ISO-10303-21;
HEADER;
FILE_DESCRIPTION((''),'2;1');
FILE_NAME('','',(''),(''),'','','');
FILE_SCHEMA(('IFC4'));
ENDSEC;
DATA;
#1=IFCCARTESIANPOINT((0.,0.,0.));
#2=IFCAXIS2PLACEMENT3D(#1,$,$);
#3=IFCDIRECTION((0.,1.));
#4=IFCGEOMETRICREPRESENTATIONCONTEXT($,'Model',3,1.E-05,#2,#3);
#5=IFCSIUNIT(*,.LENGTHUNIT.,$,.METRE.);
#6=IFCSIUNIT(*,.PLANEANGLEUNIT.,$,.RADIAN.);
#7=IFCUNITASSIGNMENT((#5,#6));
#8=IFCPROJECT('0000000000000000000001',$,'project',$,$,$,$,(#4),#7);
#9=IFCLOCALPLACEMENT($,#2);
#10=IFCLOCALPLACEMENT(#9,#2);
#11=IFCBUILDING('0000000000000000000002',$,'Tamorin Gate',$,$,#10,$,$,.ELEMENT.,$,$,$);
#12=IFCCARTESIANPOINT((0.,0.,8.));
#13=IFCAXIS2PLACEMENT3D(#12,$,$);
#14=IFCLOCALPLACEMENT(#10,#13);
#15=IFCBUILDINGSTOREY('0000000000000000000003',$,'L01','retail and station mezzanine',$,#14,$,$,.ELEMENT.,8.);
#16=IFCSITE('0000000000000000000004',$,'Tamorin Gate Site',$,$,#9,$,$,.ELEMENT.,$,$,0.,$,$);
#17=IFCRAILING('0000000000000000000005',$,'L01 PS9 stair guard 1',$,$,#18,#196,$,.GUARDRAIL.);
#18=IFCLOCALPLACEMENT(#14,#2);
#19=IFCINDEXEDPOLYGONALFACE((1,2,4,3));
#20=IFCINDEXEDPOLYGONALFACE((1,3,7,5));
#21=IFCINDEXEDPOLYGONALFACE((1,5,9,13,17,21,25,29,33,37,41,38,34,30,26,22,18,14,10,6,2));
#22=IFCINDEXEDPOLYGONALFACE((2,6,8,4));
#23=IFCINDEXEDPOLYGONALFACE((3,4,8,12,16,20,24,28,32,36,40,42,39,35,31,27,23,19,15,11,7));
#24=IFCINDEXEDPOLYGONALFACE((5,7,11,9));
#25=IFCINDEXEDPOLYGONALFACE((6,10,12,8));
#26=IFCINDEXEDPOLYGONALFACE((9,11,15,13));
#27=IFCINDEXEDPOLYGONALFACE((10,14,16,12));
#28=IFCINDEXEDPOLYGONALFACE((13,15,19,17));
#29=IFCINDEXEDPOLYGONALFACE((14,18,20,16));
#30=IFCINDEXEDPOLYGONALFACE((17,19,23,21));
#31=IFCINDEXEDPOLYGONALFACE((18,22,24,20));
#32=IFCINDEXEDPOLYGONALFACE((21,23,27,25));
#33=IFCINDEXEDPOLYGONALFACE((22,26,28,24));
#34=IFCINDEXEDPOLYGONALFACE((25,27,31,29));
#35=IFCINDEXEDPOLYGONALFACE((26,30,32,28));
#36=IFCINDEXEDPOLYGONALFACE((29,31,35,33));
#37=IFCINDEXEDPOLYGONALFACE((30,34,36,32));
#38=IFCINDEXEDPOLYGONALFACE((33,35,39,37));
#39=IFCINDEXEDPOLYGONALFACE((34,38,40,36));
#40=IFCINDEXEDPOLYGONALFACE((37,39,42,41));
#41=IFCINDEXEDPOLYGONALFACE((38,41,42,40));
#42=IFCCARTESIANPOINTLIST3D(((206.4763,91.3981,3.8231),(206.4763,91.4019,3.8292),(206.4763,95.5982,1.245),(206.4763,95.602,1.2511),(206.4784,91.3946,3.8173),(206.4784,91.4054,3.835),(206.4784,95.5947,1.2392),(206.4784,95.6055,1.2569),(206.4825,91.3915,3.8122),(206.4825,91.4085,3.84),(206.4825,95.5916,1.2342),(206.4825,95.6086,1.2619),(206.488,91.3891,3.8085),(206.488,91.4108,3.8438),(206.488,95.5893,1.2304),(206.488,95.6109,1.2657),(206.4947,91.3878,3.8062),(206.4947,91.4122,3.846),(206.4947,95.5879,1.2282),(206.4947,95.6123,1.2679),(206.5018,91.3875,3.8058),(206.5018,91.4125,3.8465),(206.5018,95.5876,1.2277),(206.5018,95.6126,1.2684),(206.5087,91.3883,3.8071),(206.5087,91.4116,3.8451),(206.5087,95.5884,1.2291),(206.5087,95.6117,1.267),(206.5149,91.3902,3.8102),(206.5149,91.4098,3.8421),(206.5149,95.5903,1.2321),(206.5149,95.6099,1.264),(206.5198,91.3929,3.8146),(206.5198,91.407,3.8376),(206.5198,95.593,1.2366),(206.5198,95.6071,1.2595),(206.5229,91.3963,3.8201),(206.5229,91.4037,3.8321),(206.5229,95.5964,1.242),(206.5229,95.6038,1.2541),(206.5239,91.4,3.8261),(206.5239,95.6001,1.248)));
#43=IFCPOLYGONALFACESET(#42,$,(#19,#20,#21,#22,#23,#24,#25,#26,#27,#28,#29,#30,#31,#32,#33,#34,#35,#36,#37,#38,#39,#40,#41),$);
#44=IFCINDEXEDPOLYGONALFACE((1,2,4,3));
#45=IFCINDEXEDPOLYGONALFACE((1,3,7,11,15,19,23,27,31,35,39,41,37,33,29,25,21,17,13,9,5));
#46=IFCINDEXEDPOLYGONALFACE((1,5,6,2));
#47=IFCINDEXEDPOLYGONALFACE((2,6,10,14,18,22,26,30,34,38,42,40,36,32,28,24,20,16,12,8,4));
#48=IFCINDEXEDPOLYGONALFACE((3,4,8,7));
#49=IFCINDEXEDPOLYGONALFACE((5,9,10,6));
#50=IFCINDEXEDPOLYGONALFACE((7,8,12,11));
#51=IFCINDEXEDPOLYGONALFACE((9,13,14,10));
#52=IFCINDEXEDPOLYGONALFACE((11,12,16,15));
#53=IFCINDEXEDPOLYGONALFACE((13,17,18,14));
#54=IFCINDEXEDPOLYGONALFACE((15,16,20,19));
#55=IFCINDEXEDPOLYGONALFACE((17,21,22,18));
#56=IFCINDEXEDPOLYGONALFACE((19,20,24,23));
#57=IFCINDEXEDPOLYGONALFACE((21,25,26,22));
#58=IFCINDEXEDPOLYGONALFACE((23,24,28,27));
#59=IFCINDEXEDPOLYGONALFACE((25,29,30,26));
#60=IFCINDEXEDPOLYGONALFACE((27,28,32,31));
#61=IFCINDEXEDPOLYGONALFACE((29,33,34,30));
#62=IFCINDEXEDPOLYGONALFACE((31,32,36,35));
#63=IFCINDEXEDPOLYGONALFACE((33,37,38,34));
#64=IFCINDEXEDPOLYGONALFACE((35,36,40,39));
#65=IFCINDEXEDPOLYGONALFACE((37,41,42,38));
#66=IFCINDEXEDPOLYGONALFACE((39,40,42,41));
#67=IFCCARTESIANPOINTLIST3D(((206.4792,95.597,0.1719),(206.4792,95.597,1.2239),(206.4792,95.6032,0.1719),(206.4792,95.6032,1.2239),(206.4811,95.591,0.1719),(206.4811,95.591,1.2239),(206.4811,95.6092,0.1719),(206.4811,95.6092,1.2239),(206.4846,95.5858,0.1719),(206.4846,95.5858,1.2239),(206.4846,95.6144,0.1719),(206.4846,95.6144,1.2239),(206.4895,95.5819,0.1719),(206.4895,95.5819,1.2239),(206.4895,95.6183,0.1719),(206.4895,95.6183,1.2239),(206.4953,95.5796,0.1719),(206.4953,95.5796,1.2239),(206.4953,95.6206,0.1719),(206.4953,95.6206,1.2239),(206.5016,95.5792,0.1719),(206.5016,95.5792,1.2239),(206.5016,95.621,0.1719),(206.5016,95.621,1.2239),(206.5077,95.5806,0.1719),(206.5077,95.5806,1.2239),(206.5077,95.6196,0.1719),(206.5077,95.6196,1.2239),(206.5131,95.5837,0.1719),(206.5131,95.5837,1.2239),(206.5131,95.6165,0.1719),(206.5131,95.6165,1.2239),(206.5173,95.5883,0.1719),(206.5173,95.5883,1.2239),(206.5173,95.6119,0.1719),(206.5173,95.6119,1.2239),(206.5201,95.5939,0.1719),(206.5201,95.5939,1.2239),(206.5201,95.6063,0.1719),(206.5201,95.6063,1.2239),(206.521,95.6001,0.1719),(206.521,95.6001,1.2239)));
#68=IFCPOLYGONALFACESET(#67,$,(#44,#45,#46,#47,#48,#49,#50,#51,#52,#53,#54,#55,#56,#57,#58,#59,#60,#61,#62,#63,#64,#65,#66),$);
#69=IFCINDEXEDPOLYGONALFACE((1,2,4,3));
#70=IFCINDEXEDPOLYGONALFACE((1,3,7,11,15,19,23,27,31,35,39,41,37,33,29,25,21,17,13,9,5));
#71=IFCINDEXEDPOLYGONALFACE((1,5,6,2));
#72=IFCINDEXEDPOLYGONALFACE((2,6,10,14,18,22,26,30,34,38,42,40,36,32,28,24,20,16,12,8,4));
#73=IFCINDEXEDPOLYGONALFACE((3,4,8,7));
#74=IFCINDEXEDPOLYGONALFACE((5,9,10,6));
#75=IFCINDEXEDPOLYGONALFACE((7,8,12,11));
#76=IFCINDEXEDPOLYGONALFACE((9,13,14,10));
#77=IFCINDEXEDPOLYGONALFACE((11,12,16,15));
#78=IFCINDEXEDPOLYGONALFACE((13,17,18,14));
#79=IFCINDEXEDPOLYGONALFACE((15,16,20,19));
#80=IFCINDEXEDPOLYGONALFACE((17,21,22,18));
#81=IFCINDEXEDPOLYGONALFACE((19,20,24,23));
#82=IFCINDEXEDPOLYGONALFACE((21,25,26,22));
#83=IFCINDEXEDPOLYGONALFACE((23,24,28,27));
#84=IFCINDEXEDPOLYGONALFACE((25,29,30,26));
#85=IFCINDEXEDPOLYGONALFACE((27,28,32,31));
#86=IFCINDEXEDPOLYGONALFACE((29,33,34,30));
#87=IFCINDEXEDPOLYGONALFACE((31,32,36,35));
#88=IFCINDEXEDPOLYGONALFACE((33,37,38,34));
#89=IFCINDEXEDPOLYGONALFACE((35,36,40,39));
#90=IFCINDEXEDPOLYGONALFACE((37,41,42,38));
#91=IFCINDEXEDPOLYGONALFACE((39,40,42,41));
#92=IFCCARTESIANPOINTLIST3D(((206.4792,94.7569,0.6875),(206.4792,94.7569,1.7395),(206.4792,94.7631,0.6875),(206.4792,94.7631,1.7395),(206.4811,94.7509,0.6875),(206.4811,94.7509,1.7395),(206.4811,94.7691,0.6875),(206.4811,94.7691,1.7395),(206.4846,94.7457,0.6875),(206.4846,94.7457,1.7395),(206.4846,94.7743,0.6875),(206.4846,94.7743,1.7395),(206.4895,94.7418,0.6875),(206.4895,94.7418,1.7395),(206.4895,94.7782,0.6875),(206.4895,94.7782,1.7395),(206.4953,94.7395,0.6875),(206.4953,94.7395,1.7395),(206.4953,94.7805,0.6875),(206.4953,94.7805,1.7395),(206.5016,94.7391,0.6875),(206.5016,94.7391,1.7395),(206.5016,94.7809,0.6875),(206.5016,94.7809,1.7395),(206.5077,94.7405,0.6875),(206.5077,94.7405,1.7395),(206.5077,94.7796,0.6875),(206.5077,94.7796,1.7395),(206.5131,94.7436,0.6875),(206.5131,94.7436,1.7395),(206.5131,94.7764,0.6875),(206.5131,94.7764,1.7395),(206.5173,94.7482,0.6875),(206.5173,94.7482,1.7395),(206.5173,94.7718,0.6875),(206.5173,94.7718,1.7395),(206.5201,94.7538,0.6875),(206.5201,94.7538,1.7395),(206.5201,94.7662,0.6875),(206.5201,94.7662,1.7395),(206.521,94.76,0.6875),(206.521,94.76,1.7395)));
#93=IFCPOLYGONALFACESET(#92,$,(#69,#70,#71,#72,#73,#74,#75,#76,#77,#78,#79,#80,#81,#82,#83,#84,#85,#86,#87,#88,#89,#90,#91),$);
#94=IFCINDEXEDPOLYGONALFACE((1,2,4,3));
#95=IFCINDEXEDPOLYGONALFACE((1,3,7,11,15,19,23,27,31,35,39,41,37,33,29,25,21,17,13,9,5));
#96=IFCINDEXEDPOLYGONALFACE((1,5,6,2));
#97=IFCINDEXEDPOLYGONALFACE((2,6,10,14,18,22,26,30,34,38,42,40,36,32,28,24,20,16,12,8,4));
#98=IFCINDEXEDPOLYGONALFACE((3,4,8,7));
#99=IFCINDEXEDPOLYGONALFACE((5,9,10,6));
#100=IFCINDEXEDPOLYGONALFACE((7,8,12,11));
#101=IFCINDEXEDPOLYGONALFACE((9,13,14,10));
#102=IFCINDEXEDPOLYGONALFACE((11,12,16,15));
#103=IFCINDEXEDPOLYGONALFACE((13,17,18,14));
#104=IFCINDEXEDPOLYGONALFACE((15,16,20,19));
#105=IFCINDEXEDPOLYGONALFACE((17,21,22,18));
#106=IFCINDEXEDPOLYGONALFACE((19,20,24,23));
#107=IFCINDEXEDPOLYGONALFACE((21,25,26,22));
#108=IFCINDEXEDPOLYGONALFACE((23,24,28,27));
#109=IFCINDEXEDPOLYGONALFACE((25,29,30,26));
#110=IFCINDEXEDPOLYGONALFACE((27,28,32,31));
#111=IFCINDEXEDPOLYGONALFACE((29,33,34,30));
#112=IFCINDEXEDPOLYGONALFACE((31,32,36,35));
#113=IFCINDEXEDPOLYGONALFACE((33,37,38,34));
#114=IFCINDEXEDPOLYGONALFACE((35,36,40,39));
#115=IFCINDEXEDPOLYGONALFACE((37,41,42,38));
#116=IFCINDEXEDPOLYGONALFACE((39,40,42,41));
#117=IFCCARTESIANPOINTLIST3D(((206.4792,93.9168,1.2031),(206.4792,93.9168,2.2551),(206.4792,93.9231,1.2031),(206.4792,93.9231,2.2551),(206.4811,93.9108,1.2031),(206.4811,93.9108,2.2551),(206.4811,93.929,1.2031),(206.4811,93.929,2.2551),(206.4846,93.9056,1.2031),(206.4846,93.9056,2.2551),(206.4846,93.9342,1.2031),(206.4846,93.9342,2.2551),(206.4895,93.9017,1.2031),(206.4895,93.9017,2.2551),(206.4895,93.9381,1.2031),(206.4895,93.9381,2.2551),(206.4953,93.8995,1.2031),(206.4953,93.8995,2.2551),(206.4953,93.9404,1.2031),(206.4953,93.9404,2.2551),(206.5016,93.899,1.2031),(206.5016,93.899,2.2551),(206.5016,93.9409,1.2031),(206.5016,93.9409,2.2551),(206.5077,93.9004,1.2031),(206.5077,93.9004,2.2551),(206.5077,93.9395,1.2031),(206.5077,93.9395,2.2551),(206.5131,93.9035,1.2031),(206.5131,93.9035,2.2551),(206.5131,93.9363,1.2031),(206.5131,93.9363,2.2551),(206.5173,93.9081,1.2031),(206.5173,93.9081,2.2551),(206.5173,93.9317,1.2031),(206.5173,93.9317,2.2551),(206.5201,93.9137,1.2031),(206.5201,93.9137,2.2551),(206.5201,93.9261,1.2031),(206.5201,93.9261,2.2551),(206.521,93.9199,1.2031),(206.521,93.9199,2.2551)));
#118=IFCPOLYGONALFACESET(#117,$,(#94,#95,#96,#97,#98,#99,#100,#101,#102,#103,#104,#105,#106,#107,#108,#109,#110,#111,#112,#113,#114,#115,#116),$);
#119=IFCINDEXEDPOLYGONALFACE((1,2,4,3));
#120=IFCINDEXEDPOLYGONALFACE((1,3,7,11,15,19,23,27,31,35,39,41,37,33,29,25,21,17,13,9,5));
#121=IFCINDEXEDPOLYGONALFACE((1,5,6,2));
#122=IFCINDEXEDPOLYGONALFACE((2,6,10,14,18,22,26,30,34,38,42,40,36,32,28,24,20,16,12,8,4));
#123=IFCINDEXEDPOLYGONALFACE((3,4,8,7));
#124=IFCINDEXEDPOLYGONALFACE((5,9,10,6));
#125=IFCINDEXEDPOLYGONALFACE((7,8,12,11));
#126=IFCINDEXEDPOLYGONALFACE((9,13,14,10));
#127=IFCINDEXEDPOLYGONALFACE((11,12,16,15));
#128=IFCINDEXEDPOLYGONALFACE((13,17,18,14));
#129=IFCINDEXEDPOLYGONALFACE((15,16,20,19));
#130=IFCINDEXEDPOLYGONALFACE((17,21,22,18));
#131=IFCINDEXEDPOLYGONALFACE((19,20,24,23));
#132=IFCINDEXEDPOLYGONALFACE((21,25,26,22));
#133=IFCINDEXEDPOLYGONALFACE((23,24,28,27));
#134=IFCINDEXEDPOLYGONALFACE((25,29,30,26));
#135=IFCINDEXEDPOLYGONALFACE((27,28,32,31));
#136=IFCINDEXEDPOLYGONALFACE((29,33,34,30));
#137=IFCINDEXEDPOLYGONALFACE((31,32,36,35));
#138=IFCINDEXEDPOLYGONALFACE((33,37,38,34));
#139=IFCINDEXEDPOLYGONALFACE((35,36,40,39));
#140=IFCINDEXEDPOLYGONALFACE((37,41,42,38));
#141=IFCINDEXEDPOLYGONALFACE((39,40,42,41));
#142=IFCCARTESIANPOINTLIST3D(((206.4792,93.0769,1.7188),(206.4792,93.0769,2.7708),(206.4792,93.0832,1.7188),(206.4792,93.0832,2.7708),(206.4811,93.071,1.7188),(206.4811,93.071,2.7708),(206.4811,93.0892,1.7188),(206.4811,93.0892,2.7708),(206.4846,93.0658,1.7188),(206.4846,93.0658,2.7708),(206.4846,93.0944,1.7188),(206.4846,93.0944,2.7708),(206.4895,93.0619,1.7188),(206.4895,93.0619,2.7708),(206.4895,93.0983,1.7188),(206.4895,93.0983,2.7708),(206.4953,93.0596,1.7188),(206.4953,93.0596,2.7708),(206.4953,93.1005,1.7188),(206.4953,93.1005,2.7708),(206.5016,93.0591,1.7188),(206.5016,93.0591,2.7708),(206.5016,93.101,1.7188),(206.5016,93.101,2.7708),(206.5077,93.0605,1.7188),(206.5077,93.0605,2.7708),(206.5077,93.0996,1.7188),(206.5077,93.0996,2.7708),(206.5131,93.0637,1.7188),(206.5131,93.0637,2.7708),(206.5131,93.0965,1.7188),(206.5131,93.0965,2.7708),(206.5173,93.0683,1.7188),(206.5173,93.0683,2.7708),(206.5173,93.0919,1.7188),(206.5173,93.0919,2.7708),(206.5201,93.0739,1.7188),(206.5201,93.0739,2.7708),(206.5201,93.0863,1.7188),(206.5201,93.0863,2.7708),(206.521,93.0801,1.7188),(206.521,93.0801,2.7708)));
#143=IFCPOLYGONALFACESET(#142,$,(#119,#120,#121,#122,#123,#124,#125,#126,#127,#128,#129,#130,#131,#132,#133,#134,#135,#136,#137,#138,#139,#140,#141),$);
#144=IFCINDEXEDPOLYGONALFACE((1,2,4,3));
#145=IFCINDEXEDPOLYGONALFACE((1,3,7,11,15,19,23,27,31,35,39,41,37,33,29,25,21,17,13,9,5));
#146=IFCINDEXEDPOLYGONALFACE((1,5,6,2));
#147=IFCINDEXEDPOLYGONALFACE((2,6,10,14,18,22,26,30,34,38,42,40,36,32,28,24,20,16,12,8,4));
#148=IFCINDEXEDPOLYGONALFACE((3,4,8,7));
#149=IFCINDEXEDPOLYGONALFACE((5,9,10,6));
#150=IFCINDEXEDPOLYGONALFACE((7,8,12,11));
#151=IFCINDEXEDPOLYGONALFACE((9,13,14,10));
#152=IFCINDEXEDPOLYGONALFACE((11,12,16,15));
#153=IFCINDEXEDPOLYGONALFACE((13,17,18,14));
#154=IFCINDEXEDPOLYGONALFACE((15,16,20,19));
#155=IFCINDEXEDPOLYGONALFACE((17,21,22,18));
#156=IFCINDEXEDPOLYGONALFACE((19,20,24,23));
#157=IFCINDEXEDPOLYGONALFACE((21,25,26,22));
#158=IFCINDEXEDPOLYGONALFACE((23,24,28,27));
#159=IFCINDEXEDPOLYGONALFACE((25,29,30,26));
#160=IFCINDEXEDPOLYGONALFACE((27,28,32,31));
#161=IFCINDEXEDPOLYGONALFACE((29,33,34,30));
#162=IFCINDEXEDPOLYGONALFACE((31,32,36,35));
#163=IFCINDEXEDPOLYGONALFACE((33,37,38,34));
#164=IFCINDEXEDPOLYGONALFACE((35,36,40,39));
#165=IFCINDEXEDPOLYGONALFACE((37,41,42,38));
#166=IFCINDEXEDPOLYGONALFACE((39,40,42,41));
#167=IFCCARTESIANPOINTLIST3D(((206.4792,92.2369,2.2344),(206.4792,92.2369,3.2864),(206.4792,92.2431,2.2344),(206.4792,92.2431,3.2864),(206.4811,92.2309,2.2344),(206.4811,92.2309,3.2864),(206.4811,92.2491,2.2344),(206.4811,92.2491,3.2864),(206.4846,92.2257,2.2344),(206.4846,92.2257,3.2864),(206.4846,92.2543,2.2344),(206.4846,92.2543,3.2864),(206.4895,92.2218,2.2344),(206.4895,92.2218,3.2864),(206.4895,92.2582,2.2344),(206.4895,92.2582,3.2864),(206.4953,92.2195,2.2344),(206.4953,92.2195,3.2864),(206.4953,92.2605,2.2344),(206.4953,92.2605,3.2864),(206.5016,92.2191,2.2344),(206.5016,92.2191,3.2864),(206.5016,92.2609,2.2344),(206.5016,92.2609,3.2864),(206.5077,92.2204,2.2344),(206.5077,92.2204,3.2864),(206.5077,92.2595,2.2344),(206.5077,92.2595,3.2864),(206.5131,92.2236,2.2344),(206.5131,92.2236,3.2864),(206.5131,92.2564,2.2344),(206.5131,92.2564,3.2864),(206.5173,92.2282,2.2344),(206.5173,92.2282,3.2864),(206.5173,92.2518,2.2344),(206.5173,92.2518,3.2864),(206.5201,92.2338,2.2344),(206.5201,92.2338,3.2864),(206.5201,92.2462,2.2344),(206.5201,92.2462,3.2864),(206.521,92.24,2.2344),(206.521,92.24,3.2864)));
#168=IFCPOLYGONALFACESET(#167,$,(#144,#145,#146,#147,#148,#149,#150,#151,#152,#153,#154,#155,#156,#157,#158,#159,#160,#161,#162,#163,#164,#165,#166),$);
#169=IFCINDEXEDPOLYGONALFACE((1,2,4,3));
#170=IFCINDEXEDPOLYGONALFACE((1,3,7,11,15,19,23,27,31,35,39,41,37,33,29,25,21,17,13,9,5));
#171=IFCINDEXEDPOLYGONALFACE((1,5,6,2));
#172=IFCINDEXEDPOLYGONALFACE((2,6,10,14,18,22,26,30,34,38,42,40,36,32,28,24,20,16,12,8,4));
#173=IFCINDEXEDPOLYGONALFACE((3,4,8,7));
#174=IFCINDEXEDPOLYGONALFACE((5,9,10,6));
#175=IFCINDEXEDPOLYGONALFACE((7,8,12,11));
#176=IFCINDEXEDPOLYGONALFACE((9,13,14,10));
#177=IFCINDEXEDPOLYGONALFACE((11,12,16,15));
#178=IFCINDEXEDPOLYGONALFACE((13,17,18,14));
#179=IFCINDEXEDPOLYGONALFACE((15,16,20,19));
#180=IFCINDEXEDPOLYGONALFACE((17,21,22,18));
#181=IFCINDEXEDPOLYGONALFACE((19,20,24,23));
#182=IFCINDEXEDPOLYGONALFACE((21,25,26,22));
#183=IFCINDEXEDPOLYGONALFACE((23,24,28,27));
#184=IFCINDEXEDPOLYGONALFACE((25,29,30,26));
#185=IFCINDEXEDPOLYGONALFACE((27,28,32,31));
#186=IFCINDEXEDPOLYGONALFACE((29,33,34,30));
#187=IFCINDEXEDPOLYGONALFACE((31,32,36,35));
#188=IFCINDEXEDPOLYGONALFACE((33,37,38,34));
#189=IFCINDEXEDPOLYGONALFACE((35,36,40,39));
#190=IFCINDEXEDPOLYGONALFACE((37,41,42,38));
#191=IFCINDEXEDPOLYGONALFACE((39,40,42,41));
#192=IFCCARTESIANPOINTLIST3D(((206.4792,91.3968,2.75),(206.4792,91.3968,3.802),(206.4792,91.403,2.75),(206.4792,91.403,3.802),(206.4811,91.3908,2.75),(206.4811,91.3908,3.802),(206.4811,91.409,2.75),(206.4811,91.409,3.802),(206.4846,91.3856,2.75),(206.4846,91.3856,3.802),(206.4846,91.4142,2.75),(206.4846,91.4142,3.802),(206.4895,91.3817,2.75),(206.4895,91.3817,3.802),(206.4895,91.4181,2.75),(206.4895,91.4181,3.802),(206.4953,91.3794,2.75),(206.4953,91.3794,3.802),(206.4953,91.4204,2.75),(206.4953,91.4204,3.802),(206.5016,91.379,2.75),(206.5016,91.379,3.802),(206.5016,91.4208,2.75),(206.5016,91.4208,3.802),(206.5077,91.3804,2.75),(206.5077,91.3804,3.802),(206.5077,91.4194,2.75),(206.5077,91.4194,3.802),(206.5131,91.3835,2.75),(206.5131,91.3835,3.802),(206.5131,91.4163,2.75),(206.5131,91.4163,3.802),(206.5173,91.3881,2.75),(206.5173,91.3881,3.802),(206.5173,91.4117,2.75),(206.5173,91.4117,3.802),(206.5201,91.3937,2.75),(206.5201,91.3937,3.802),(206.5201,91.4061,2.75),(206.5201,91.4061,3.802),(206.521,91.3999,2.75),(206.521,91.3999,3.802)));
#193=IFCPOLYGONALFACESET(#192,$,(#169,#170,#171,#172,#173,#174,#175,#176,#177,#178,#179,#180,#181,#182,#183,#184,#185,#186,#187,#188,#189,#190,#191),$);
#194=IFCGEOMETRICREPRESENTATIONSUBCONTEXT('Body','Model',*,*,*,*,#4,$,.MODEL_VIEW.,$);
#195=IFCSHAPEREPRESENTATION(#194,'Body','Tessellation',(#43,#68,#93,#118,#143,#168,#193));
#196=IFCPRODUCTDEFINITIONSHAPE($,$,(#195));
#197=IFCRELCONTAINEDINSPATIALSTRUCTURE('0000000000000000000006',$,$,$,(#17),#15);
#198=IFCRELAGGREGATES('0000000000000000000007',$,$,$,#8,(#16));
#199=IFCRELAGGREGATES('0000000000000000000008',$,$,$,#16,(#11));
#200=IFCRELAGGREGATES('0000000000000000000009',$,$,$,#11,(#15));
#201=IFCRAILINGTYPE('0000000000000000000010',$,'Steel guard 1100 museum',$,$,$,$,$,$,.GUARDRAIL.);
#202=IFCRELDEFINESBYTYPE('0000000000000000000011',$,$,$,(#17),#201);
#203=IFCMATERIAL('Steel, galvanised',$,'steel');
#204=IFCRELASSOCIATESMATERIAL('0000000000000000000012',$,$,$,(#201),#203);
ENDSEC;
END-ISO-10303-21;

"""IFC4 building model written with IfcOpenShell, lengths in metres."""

from ifc_helpers import new_model, si_unit, direction, frame, origin, origin_2d, place, context, subcontext, project, spatial, circle, extrude, material, type_object, element, save


model = new_model("IFC4")

# Units and contexts
model_context = context("Model", 3, precision=1e-05, world=origin(), true_north=direction((0.0, 1.0)))
body_context = subcontext(model_context, "Body", "Model", "MODEL_VIEW")
ifc_project = project(units=[si_unit("LENGTHUNIT", "METRE"), si_unit("PLANEANGLEUNIT", "RADIAN")], contexts=[model_context])

# Site, building, storey
site_placement = place(None, origin())
site = spatial("IfcSite", under=ifc_project, at=site_placement, Name="Tamorin Gate Site", CompositionType="ELEMENT", RefElevation=0.0)
building_placement = place(site_placement, origin())
building = spatial("IfcBuilding", under=site, at=building_placement, Name="Tamorin Gate", CompositionType="ELEMENT")
storey_placement = place(building_placement, frame((0.0, 0.0, 8.0)))
storey = spatial("IfcBuildingStorey", under=building, at=storey_placement, Name="L01", Description="retail and station mezzanine", CompositionType="ELEMENT", Elevation=8.0)

# Railing
ifc_material_1 = material(Name="Steel, galvanised", Category="steel")
railing_type_1 = type_object("IfcRailingType", Name="Steel guard 1100 museum", PredefinedType="GUARDRAIL", material=ifc_material_1)
railing_1_placement = place(storey_placement, frame((206.5, 95.6001, 0.1719)))
element("IfcRailing", 1, at=railing_1_placement, inside=storey, type_object=railing_type_1, Name="L01 PS9 stair guard 1", PredefinedType="GUARDRAIL", context=body_context, shape_type="SweptSolid", body=[
    extrude(circle(Radius=0.0239, at=origin_2d()), frame((0.0, 0.0, 1.0762), z_axis=(0.0, -0.852256, 0.523124), x_axis=(1.0, 0.0, 0.0)), (0.0, 0.0, 1.0), 4.9282),
    extrude(circle(Radius=0.021, at=origin_2d()), origin(), (0.0, 0.0, 1.0), 1.052),
    extrude(circle(Radius=0.021, at=origin_2d()), frame((0.0, -0.8401, 0.5156)), (0.0, 0.0, 1.0), 1.052),
    extrude(circle(Radius=0.021, at=origin_2d()), frame((0.0, -1.6802, 1.0312)), (0.0, 0.0, 1.0), 1.052),
    extrude(circle(Radius=0.021, at=origin_2d()), frame((0.0, -2.52, 1.5469)), (0.0, 0.0, 1.0), 1.052),
    extrude(circle(Radius=0.021, at=origin_2d()), frame((0.0, -3.3601, 2.0625)), (0.0, 0.0, 1.0), 1.052),
    extrude(circle(Radius=0.021, at=origin_2d()), frame((0.0, -4.2002, 2.5781)), (0.0, 0.0, 1.0), 1.052),
])

save(model, "model.ifc")
